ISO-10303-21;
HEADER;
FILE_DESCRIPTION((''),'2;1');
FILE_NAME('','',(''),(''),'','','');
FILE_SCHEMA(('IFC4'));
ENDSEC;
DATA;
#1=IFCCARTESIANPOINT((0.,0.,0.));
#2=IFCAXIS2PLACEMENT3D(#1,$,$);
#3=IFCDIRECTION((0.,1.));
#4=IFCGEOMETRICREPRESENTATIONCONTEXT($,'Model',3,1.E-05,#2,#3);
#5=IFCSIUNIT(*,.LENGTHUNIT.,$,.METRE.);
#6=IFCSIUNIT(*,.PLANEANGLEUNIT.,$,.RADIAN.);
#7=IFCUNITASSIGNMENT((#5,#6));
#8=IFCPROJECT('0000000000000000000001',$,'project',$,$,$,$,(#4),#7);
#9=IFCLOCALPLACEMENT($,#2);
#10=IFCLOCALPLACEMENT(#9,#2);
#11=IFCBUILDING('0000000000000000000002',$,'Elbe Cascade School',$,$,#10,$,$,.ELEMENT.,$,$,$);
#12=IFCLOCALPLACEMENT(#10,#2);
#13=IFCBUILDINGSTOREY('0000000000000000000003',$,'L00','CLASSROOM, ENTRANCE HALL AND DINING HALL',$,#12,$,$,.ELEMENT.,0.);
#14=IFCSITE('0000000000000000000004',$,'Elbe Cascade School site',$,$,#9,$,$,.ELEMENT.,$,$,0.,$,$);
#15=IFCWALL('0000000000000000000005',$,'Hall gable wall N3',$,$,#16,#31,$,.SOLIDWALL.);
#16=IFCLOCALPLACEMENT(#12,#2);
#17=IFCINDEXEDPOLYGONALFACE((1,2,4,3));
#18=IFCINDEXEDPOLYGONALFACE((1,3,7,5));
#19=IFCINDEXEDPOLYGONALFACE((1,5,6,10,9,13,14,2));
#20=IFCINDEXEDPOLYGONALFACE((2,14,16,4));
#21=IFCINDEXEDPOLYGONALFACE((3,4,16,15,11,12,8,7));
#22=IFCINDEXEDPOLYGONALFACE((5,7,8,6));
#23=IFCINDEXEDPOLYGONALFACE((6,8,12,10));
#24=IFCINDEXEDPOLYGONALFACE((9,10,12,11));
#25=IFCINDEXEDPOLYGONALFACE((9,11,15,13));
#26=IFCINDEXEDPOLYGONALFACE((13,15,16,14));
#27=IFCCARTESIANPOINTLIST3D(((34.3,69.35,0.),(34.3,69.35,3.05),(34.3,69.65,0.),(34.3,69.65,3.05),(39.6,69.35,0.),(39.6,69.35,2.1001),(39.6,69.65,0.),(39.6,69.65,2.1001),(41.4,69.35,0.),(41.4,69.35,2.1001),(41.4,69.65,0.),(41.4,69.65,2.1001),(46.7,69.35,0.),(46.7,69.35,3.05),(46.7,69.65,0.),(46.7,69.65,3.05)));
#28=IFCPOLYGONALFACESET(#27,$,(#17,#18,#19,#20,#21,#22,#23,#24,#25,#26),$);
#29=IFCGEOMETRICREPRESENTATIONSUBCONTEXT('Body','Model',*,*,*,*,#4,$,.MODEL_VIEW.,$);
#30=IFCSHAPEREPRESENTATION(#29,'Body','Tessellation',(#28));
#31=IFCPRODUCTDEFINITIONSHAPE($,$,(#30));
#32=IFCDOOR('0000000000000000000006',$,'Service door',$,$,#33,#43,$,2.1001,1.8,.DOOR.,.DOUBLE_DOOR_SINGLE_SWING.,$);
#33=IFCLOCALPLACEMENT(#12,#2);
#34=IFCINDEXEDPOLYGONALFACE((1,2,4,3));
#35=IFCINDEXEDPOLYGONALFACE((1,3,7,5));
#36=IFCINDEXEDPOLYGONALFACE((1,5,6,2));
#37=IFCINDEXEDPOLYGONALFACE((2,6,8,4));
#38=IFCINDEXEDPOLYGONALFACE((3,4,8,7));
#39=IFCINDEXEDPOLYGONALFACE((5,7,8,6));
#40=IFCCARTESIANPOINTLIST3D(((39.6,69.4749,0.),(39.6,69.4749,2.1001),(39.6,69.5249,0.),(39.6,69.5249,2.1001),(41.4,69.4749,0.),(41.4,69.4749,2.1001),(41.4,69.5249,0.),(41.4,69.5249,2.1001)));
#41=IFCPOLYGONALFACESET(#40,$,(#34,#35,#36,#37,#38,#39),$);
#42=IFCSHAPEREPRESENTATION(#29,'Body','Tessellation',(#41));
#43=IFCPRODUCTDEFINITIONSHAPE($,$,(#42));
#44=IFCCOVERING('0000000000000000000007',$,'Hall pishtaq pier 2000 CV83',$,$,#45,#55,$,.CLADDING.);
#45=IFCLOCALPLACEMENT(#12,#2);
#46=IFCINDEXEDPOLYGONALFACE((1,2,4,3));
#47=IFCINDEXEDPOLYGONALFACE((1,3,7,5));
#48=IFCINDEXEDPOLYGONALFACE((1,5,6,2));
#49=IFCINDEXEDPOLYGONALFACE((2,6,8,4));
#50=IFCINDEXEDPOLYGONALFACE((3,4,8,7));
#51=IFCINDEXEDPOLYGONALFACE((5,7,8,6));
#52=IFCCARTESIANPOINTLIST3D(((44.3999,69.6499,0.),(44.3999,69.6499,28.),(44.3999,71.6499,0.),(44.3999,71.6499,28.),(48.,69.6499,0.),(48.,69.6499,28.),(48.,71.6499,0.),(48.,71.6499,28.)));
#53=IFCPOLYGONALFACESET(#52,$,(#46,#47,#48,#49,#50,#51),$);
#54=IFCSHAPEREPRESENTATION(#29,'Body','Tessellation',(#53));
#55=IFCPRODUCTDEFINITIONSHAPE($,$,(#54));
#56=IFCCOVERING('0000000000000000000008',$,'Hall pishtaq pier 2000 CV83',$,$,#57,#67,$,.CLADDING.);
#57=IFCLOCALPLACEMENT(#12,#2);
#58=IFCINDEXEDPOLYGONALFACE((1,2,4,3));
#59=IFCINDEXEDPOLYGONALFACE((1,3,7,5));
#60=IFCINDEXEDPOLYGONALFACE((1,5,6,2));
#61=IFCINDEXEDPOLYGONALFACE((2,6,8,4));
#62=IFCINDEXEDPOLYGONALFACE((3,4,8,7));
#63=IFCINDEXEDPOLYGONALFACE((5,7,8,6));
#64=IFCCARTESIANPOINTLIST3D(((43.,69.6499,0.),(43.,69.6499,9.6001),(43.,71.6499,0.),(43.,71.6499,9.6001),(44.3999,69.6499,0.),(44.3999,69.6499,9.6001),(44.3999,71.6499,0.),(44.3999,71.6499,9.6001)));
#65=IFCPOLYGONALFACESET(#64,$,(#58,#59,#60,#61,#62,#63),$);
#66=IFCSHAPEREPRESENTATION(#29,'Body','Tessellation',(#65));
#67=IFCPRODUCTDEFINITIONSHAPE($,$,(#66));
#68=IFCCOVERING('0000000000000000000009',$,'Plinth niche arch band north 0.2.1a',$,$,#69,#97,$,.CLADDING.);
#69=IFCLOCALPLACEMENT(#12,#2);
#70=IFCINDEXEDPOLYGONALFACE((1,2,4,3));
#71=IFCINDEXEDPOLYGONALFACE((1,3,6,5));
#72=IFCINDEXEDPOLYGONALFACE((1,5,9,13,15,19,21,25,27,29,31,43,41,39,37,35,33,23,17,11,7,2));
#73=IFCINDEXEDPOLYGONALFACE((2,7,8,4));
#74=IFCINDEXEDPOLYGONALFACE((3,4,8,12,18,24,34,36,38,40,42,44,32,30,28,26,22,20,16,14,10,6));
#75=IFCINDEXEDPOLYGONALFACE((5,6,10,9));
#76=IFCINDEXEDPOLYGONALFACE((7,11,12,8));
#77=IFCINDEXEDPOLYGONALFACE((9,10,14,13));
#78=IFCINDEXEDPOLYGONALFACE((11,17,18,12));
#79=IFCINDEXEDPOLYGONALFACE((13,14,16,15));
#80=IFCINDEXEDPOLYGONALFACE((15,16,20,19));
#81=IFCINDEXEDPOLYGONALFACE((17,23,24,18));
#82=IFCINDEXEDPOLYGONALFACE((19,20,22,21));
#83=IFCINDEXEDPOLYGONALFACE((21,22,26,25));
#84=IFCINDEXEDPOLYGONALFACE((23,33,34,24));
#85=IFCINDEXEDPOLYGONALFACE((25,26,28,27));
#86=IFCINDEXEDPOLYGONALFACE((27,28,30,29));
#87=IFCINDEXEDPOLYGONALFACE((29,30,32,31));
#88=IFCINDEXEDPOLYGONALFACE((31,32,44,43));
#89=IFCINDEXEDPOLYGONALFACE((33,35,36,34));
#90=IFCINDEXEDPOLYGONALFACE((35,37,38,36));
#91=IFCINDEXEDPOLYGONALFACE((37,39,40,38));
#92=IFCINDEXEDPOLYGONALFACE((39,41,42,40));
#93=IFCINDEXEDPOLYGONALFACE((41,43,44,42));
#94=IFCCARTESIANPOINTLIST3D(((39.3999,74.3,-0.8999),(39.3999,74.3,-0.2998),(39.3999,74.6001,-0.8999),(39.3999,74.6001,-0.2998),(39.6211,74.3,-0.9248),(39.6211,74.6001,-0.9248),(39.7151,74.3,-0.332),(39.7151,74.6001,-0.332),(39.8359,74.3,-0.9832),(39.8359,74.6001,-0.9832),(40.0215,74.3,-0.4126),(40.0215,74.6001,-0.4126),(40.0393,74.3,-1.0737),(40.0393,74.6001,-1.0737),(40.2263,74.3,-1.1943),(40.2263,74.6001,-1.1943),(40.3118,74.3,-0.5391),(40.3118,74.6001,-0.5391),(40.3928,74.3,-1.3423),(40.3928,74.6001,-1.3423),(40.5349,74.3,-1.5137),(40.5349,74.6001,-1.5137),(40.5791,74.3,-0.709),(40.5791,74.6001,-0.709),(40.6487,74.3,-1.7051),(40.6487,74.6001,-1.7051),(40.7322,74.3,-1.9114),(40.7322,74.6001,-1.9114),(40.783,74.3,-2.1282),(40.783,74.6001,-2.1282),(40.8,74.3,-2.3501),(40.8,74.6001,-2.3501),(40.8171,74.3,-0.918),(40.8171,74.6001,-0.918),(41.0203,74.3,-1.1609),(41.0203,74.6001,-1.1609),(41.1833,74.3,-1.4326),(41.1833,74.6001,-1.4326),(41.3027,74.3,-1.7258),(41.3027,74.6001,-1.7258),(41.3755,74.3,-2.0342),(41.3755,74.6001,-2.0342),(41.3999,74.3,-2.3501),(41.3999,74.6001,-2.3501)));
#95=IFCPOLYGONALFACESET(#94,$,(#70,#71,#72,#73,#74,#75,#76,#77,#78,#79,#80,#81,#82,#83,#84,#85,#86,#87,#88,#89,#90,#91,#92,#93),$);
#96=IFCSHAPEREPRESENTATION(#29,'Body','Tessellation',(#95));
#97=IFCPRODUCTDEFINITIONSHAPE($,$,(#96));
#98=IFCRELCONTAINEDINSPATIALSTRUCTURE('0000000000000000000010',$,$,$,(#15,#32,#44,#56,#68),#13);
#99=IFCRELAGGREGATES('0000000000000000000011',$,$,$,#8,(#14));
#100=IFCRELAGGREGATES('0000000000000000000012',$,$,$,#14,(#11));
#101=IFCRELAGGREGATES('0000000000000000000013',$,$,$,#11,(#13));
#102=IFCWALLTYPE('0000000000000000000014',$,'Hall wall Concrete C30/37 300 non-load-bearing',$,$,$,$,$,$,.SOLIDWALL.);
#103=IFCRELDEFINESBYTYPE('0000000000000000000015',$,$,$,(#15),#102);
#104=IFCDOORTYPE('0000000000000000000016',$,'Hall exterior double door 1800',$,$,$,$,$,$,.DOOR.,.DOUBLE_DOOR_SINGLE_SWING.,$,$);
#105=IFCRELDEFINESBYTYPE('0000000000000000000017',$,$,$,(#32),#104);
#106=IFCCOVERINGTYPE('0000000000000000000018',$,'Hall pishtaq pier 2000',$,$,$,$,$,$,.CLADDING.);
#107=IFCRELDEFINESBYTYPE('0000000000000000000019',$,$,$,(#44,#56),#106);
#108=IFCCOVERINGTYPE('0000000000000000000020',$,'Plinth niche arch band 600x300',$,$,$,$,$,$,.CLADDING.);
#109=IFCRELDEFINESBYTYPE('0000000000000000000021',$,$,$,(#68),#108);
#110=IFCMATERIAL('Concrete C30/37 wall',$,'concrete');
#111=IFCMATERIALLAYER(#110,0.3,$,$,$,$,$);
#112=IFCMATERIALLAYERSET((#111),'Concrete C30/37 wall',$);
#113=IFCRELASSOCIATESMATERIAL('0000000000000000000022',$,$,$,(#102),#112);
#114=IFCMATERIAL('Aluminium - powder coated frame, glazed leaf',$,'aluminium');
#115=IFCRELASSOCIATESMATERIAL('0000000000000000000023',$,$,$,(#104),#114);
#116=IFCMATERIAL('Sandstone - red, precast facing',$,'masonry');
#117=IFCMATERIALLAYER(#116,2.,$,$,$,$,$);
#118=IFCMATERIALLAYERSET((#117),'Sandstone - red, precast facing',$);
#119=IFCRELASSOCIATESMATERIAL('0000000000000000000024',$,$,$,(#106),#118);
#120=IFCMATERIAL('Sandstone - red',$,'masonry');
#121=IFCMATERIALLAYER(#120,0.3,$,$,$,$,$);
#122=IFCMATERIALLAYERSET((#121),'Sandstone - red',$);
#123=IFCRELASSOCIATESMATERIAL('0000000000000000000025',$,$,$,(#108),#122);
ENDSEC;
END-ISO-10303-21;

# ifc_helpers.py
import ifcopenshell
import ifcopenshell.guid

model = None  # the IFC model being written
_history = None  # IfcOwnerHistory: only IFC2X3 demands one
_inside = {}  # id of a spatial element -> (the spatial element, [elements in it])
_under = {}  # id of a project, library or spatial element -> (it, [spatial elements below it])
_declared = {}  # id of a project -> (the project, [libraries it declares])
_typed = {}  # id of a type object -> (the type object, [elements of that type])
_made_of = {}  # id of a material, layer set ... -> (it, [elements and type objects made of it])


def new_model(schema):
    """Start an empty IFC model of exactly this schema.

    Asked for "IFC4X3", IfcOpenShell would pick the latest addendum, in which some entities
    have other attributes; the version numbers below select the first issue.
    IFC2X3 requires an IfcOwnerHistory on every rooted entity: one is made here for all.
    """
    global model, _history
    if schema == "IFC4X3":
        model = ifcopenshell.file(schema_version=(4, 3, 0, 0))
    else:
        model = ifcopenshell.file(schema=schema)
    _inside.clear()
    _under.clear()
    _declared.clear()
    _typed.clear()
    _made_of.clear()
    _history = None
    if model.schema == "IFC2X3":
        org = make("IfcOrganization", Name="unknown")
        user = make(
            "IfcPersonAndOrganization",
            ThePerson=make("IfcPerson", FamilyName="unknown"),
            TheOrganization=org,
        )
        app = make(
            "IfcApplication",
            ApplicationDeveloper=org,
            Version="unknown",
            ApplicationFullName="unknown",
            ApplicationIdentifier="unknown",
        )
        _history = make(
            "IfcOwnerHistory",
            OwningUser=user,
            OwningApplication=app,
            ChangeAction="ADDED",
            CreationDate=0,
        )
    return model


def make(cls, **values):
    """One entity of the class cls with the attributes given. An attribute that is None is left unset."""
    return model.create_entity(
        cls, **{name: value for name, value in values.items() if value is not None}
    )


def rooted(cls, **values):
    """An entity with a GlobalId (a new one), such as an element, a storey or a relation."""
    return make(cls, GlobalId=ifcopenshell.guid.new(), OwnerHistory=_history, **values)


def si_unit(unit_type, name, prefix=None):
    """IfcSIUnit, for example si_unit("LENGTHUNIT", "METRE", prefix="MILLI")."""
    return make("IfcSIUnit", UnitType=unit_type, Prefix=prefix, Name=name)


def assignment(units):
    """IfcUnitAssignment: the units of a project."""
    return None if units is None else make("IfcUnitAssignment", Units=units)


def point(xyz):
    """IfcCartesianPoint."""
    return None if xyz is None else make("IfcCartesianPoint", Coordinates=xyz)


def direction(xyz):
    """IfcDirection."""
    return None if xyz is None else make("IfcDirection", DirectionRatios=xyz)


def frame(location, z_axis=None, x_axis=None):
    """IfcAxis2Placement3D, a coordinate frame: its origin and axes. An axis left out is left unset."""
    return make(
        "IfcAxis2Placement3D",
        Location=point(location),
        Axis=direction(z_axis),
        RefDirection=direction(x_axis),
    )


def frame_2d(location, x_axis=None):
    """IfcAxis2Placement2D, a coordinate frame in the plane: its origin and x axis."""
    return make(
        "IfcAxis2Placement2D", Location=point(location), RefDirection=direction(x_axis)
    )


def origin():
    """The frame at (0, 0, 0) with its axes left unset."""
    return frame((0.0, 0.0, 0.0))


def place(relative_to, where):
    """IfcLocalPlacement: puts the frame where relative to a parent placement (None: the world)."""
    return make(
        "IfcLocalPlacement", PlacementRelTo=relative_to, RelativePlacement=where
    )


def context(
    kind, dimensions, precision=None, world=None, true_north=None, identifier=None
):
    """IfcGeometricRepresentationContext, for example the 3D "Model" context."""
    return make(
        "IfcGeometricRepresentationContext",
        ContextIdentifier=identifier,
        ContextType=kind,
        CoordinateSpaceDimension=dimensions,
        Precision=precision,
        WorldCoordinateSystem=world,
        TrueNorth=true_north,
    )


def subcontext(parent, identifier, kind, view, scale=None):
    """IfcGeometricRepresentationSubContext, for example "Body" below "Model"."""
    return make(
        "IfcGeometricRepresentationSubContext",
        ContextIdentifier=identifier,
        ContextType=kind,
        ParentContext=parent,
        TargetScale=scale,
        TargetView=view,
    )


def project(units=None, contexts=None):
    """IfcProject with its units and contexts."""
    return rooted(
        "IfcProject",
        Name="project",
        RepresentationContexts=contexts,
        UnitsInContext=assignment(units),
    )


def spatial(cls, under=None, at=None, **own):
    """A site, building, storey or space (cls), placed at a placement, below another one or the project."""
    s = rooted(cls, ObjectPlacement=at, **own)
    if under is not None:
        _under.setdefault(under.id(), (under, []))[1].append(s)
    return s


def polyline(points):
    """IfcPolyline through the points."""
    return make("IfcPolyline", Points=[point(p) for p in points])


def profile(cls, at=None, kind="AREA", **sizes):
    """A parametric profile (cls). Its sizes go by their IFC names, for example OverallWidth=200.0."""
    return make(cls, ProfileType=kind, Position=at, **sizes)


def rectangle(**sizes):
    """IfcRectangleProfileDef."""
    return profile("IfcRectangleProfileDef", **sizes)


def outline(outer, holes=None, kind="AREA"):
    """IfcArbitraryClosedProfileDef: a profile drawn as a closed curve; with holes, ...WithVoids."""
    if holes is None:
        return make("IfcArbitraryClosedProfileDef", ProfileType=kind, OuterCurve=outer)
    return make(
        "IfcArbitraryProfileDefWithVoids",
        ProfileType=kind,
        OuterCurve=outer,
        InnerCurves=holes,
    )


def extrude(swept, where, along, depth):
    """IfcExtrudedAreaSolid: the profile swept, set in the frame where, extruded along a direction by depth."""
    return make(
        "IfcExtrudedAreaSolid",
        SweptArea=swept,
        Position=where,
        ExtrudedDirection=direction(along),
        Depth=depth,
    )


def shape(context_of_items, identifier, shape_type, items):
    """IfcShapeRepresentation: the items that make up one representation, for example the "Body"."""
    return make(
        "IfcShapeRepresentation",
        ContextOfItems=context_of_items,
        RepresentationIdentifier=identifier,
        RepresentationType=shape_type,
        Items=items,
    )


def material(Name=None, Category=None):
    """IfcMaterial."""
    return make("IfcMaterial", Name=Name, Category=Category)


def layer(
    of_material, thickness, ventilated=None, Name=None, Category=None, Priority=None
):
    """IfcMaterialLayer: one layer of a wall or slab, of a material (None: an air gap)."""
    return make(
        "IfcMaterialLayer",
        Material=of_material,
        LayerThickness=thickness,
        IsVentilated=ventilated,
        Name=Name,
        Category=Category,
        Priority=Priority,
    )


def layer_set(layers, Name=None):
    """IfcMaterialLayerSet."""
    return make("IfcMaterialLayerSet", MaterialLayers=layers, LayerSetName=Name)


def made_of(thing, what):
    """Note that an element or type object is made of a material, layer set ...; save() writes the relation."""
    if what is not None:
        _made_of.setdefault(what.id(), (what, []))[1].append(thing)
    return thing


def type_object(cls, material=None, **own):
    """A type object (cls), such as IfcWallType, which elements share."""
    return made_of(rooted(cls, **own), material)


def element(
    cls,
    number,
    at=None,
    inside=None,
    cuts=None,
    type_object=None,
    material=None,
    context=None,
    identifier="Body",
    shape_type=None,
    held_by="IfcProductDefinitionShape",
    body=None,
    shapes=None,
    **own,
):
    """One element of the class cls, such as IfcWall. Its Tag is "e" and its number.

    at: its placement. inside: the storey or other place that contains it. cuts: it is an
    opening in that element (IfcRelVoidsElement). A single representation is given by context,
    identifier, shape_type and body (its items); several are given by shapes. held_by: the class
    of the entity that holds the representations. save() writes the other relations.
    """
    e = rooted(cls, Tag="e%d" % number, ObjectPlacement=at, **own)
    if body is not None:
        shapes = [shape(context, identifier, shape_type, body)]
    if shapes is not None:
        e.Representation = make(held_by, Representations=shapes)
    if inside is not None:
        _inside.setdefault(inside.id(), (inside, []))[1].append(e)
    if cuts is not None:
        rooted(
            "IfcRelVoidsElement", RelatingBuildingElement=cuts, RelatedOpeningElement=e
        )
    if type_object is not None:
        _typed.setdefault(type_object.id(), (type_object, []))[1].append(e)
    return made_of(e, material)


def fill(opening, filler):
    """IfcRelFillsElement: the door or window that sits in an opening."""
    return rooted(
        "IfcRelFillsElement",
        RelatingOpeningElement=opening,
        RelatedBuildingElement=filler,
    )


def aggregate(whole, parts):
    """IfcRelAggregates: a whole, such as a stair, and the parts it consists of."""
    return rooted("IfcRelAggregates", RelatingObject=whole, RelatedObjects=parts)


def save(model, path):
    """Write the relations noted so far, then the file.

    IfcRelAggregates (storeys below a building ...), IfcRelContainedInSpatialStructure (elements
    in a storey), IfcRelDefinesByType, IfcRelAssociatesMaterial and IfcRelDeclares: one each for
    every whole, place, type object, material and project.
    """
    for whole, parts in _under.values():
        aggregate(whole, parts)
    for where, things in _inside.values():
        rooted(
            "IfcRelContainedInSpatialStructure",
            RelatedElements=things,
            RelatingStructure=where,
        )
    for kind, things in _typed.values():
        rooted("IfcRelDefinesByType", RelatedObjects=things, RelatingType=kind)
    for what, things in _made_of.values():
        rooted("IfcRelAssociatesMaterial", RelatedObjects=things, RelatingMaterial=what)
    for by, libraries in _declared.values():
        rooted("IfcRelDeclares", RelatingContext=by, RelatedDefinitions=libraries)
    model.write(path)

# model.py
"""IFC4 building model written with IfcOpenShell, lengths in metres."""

from ifc_helpers import new_model, si_unit, direction, frame, frame_2d, origin, place, context, subcontext, project, spatial, polyline, rectangle, outline, extrude, material, layer, layer_set, type_object, element, fill, save


model = new_model("IFC4")

# Units and contexts
model_context = context("Model", 3, precision=1e-05, world=origin(), true_north=direction((0.0, 1.0)))
body_context = subcontext(model_context, "Body", "Model", "MODEL_VIEW")
ifc_project = project(units=[si_unit("LENGTHUNIT", "METRE"), si_unit("PLANEANGLEUNIT", "RADIAN")], contexts=[model_context])

# Site, building, storey
site_placement = place(None, origin())
site = spatial("IfcSite", under=ifc_project, at=site_placement, Name="Elbe Cascade School site", CompositionType="ELEMENT", RefElevation=0.0)
building_placement = place(site_placement, origin())
building = spatial("IfcBuilding", under=site, at=building_placement, Name="Elbe Cascade School", CompositionType="ELEMENT")
storey_placement = place(building_placement, origin())
storey = spatial("IfcBuildingStorey", under=building, at=storey_placement, Name="L00", Description="CLASSROOM, ENTRANCE HALL AND DINING HALL", CompositionType="ELEMENT", Elevation=0.0)

# Wall, opening, door
ifc_material_1 = material(Name="Concrete C30/37 wall", Category="concrete")
ifc_layer_1 = layer(ifc_material_1, 0.3)
ifc_layer_set_1 = layer_set([ifc_layer_1], Name="Concrete C30/37 wall")
wall_type = type_object("IfcWallType", Name="Hall wall Concrete C30/37 300 non-load-bearing", PredefinedType="SOLIDWALL", material=ifc_layer_set_1)
wall_placement = place(storey_placement, frame((34.3, 69.5, 0.0), z_axis=(0.0, 0.0, 1.0), x_axis=(1.0, 0.0, 0.0)))
wall = element("IfcWall", 1, at=wall_placement, inside=storey, type_object=wall_type, Name="Hall gable wall N3", PredefinedType="SOLIDWALL", context=body_context, shape_type="SweptSolid", body=[
    extrude(rectangle(XDim=12.3999, YDim=0.3, at=frame_2d((6.2, 0.0))), origin(), (0.0, 0.0, 1.0), 3.05),
])
opening_placement = place(wall_placement, frame((5.3, 0.0, 0.0)))
opening = element("IfcOpeningElement", 2, at=opening_placement, cuts=wall, PredefinedType="OPENING", context=body_context, shape_type="SweptSolid", body=[
    extrude(rectangle(XDim=1.8, YDim=2.1001, at=frame_2d((0.8999, 1.05))), frame((0.0, 0.1599, 0.0), z_axis=(0.0, -1.0, 0.0), x_axis=(1.0, 0.0, 0.0)), (0.0, 0.0, 1.0), 0.3201),
])
ifc_material_2 = material(Name="Aluminium - powder coated frame, glazed leaf", Category="aluminium")
door_type = type_object("IfcDoorType", Name="Hall exterior double door 1800", OperationType="DOUBLE_DOOR_SINGLE_SWING", PredefinedType="DOOR", material=ifc_material_2)
door_placement = place(opening_placement, origin())
door = element("IfcDoor", 3, at=door_placement, inside=storey, type_object=door_type, Name="Service door", OperationType="DOUBLE_DOOR_SINGLE_SWING", OverallHeight=2.1001, OverallWidth=1.8, PredefinedType="DOOR", context=body_context, shape_type="SweptSolid", body=[
    extrude(rectangle(XDim=1.8, YDim=2.1001, at=frame_2d((0.8999, 1.05))), frame((0.0, 0.0249, 0.0), z_axis=(0.0, -1.0, 0.0), x_axis=(1.0, 0.0, 0.0)), (0.0, 0.0, 1.0), 0.05),
])
fill(opening, door)

# Coverings
ifc_material_3 = material(Name="Sandstone - red, precast facing", Category="masonry")
ifc_layer_2 = layer(ifc_material_3, 2.0)
ifc_layer_set_2 = layer_set([ifc_layer_2], Name="Sandstone - red, precast facing")
covering_type_1 = type_object("IfcCoveringType", Name="Hall pishtaq pier 2000", PredefinedType="CLADDING", material=ifc_layer_set_2)
covering_1_placement = place(storey_placement, frame((44.3999, 70.6499, 0.0), z_axis=(0.0, 0.0, 1.0), x_axis=(1.0, 0.0, 0.0)))
element("IfcCovering", 4, at=covering_1_placement, inside=storey, type_object=covering_type_1, Name="Hall pishtaq pier 2000 CV83", PredefinedType="CLADDING", context=body_context, shape_type="SweptSolid", body=[
    extrude(rectangle(XDim=3.6001, YDim=2.0, at=frame_2d((1.8, 0.0))), origin(), (0.0, 0.0, 1.0), 28.0),
])
covering_2_placement = place(storey_placement, frame((43.0, 70.6499, 0.0), z_axis=(0.0, 0.0, 1.0), x_axis=(1.0, 0.0, 0.0)))
element("IfcCovering", 5, at=covering_2_placement, inside=storey, type_object=covering_type_1, Name="Hall pishtaq pier 2000 CV83", PredefinedType="CLADDING", context=body_context, shape_type="SweptSolid", body=[
    extrude(rectangle(XDim=1.3999, YDim=2.0, at=frame_2d((0.7, 0.0))), origin(), (0.0, 0.0, 1.0), 9.6001),
])
ifc_material_4 = material(Name="Sandstone - red", Category="masonry")
ifc_layer_3 = layer(ifc_material_4, 0.3)
ifc_layer_set_3 = layer_set([ifc_layer_3], Name="Sandstone - red")
covering_type_2 = type_object("IfcCoveringType", Name="Plinth niche arch band 600x300", PredefinedType="CLADDING", material=ifc_layer_set_3)
covering_3_placement = place(storey_placement, frame((41.3999, 74.6001, -2.3501), z_axis=(0.0, 1.0, 0.0), x_axis=(-1.0, 0.0, 0.0)))
element("IfcCovering", 6, at=covering_3_placement, inside=storey, type_object=covering_type_2, Name="Plinth niche arch band north 0.2.1a", PredefinedType="CLADDING", context=body_context, shape_type="SweptSolid", body=[
    extrude(outline(polyline([(0.0, 0.0), (0.5999, 0.0), (0.6169, 0.2219), (0.6677, 0.4387), (0.7512, 0.645), (0.865, 0.8364), (1.0071, 1.0078), (1.1736, 1.1558), (1.3606, 1.2764), (1.564, 1.3669), (1.7788, 1.4253), (2.0, 1.4502), (2.0, 2.0503), (1.6848, 2.0181), (1.3784, 1.9375), (1.0881, 1.811), (0.8208, 1.6411), (0.5828, 1.4321), (0.3796, 1.1892), (0.2166, 0.9175), (0.0972, 0.6243), (0.0244, 0.3159), (0.0, 0.0)])), origin(), (0.0, 0.0, -1.0), 0.3),
])

save(model, "model.ifc")
